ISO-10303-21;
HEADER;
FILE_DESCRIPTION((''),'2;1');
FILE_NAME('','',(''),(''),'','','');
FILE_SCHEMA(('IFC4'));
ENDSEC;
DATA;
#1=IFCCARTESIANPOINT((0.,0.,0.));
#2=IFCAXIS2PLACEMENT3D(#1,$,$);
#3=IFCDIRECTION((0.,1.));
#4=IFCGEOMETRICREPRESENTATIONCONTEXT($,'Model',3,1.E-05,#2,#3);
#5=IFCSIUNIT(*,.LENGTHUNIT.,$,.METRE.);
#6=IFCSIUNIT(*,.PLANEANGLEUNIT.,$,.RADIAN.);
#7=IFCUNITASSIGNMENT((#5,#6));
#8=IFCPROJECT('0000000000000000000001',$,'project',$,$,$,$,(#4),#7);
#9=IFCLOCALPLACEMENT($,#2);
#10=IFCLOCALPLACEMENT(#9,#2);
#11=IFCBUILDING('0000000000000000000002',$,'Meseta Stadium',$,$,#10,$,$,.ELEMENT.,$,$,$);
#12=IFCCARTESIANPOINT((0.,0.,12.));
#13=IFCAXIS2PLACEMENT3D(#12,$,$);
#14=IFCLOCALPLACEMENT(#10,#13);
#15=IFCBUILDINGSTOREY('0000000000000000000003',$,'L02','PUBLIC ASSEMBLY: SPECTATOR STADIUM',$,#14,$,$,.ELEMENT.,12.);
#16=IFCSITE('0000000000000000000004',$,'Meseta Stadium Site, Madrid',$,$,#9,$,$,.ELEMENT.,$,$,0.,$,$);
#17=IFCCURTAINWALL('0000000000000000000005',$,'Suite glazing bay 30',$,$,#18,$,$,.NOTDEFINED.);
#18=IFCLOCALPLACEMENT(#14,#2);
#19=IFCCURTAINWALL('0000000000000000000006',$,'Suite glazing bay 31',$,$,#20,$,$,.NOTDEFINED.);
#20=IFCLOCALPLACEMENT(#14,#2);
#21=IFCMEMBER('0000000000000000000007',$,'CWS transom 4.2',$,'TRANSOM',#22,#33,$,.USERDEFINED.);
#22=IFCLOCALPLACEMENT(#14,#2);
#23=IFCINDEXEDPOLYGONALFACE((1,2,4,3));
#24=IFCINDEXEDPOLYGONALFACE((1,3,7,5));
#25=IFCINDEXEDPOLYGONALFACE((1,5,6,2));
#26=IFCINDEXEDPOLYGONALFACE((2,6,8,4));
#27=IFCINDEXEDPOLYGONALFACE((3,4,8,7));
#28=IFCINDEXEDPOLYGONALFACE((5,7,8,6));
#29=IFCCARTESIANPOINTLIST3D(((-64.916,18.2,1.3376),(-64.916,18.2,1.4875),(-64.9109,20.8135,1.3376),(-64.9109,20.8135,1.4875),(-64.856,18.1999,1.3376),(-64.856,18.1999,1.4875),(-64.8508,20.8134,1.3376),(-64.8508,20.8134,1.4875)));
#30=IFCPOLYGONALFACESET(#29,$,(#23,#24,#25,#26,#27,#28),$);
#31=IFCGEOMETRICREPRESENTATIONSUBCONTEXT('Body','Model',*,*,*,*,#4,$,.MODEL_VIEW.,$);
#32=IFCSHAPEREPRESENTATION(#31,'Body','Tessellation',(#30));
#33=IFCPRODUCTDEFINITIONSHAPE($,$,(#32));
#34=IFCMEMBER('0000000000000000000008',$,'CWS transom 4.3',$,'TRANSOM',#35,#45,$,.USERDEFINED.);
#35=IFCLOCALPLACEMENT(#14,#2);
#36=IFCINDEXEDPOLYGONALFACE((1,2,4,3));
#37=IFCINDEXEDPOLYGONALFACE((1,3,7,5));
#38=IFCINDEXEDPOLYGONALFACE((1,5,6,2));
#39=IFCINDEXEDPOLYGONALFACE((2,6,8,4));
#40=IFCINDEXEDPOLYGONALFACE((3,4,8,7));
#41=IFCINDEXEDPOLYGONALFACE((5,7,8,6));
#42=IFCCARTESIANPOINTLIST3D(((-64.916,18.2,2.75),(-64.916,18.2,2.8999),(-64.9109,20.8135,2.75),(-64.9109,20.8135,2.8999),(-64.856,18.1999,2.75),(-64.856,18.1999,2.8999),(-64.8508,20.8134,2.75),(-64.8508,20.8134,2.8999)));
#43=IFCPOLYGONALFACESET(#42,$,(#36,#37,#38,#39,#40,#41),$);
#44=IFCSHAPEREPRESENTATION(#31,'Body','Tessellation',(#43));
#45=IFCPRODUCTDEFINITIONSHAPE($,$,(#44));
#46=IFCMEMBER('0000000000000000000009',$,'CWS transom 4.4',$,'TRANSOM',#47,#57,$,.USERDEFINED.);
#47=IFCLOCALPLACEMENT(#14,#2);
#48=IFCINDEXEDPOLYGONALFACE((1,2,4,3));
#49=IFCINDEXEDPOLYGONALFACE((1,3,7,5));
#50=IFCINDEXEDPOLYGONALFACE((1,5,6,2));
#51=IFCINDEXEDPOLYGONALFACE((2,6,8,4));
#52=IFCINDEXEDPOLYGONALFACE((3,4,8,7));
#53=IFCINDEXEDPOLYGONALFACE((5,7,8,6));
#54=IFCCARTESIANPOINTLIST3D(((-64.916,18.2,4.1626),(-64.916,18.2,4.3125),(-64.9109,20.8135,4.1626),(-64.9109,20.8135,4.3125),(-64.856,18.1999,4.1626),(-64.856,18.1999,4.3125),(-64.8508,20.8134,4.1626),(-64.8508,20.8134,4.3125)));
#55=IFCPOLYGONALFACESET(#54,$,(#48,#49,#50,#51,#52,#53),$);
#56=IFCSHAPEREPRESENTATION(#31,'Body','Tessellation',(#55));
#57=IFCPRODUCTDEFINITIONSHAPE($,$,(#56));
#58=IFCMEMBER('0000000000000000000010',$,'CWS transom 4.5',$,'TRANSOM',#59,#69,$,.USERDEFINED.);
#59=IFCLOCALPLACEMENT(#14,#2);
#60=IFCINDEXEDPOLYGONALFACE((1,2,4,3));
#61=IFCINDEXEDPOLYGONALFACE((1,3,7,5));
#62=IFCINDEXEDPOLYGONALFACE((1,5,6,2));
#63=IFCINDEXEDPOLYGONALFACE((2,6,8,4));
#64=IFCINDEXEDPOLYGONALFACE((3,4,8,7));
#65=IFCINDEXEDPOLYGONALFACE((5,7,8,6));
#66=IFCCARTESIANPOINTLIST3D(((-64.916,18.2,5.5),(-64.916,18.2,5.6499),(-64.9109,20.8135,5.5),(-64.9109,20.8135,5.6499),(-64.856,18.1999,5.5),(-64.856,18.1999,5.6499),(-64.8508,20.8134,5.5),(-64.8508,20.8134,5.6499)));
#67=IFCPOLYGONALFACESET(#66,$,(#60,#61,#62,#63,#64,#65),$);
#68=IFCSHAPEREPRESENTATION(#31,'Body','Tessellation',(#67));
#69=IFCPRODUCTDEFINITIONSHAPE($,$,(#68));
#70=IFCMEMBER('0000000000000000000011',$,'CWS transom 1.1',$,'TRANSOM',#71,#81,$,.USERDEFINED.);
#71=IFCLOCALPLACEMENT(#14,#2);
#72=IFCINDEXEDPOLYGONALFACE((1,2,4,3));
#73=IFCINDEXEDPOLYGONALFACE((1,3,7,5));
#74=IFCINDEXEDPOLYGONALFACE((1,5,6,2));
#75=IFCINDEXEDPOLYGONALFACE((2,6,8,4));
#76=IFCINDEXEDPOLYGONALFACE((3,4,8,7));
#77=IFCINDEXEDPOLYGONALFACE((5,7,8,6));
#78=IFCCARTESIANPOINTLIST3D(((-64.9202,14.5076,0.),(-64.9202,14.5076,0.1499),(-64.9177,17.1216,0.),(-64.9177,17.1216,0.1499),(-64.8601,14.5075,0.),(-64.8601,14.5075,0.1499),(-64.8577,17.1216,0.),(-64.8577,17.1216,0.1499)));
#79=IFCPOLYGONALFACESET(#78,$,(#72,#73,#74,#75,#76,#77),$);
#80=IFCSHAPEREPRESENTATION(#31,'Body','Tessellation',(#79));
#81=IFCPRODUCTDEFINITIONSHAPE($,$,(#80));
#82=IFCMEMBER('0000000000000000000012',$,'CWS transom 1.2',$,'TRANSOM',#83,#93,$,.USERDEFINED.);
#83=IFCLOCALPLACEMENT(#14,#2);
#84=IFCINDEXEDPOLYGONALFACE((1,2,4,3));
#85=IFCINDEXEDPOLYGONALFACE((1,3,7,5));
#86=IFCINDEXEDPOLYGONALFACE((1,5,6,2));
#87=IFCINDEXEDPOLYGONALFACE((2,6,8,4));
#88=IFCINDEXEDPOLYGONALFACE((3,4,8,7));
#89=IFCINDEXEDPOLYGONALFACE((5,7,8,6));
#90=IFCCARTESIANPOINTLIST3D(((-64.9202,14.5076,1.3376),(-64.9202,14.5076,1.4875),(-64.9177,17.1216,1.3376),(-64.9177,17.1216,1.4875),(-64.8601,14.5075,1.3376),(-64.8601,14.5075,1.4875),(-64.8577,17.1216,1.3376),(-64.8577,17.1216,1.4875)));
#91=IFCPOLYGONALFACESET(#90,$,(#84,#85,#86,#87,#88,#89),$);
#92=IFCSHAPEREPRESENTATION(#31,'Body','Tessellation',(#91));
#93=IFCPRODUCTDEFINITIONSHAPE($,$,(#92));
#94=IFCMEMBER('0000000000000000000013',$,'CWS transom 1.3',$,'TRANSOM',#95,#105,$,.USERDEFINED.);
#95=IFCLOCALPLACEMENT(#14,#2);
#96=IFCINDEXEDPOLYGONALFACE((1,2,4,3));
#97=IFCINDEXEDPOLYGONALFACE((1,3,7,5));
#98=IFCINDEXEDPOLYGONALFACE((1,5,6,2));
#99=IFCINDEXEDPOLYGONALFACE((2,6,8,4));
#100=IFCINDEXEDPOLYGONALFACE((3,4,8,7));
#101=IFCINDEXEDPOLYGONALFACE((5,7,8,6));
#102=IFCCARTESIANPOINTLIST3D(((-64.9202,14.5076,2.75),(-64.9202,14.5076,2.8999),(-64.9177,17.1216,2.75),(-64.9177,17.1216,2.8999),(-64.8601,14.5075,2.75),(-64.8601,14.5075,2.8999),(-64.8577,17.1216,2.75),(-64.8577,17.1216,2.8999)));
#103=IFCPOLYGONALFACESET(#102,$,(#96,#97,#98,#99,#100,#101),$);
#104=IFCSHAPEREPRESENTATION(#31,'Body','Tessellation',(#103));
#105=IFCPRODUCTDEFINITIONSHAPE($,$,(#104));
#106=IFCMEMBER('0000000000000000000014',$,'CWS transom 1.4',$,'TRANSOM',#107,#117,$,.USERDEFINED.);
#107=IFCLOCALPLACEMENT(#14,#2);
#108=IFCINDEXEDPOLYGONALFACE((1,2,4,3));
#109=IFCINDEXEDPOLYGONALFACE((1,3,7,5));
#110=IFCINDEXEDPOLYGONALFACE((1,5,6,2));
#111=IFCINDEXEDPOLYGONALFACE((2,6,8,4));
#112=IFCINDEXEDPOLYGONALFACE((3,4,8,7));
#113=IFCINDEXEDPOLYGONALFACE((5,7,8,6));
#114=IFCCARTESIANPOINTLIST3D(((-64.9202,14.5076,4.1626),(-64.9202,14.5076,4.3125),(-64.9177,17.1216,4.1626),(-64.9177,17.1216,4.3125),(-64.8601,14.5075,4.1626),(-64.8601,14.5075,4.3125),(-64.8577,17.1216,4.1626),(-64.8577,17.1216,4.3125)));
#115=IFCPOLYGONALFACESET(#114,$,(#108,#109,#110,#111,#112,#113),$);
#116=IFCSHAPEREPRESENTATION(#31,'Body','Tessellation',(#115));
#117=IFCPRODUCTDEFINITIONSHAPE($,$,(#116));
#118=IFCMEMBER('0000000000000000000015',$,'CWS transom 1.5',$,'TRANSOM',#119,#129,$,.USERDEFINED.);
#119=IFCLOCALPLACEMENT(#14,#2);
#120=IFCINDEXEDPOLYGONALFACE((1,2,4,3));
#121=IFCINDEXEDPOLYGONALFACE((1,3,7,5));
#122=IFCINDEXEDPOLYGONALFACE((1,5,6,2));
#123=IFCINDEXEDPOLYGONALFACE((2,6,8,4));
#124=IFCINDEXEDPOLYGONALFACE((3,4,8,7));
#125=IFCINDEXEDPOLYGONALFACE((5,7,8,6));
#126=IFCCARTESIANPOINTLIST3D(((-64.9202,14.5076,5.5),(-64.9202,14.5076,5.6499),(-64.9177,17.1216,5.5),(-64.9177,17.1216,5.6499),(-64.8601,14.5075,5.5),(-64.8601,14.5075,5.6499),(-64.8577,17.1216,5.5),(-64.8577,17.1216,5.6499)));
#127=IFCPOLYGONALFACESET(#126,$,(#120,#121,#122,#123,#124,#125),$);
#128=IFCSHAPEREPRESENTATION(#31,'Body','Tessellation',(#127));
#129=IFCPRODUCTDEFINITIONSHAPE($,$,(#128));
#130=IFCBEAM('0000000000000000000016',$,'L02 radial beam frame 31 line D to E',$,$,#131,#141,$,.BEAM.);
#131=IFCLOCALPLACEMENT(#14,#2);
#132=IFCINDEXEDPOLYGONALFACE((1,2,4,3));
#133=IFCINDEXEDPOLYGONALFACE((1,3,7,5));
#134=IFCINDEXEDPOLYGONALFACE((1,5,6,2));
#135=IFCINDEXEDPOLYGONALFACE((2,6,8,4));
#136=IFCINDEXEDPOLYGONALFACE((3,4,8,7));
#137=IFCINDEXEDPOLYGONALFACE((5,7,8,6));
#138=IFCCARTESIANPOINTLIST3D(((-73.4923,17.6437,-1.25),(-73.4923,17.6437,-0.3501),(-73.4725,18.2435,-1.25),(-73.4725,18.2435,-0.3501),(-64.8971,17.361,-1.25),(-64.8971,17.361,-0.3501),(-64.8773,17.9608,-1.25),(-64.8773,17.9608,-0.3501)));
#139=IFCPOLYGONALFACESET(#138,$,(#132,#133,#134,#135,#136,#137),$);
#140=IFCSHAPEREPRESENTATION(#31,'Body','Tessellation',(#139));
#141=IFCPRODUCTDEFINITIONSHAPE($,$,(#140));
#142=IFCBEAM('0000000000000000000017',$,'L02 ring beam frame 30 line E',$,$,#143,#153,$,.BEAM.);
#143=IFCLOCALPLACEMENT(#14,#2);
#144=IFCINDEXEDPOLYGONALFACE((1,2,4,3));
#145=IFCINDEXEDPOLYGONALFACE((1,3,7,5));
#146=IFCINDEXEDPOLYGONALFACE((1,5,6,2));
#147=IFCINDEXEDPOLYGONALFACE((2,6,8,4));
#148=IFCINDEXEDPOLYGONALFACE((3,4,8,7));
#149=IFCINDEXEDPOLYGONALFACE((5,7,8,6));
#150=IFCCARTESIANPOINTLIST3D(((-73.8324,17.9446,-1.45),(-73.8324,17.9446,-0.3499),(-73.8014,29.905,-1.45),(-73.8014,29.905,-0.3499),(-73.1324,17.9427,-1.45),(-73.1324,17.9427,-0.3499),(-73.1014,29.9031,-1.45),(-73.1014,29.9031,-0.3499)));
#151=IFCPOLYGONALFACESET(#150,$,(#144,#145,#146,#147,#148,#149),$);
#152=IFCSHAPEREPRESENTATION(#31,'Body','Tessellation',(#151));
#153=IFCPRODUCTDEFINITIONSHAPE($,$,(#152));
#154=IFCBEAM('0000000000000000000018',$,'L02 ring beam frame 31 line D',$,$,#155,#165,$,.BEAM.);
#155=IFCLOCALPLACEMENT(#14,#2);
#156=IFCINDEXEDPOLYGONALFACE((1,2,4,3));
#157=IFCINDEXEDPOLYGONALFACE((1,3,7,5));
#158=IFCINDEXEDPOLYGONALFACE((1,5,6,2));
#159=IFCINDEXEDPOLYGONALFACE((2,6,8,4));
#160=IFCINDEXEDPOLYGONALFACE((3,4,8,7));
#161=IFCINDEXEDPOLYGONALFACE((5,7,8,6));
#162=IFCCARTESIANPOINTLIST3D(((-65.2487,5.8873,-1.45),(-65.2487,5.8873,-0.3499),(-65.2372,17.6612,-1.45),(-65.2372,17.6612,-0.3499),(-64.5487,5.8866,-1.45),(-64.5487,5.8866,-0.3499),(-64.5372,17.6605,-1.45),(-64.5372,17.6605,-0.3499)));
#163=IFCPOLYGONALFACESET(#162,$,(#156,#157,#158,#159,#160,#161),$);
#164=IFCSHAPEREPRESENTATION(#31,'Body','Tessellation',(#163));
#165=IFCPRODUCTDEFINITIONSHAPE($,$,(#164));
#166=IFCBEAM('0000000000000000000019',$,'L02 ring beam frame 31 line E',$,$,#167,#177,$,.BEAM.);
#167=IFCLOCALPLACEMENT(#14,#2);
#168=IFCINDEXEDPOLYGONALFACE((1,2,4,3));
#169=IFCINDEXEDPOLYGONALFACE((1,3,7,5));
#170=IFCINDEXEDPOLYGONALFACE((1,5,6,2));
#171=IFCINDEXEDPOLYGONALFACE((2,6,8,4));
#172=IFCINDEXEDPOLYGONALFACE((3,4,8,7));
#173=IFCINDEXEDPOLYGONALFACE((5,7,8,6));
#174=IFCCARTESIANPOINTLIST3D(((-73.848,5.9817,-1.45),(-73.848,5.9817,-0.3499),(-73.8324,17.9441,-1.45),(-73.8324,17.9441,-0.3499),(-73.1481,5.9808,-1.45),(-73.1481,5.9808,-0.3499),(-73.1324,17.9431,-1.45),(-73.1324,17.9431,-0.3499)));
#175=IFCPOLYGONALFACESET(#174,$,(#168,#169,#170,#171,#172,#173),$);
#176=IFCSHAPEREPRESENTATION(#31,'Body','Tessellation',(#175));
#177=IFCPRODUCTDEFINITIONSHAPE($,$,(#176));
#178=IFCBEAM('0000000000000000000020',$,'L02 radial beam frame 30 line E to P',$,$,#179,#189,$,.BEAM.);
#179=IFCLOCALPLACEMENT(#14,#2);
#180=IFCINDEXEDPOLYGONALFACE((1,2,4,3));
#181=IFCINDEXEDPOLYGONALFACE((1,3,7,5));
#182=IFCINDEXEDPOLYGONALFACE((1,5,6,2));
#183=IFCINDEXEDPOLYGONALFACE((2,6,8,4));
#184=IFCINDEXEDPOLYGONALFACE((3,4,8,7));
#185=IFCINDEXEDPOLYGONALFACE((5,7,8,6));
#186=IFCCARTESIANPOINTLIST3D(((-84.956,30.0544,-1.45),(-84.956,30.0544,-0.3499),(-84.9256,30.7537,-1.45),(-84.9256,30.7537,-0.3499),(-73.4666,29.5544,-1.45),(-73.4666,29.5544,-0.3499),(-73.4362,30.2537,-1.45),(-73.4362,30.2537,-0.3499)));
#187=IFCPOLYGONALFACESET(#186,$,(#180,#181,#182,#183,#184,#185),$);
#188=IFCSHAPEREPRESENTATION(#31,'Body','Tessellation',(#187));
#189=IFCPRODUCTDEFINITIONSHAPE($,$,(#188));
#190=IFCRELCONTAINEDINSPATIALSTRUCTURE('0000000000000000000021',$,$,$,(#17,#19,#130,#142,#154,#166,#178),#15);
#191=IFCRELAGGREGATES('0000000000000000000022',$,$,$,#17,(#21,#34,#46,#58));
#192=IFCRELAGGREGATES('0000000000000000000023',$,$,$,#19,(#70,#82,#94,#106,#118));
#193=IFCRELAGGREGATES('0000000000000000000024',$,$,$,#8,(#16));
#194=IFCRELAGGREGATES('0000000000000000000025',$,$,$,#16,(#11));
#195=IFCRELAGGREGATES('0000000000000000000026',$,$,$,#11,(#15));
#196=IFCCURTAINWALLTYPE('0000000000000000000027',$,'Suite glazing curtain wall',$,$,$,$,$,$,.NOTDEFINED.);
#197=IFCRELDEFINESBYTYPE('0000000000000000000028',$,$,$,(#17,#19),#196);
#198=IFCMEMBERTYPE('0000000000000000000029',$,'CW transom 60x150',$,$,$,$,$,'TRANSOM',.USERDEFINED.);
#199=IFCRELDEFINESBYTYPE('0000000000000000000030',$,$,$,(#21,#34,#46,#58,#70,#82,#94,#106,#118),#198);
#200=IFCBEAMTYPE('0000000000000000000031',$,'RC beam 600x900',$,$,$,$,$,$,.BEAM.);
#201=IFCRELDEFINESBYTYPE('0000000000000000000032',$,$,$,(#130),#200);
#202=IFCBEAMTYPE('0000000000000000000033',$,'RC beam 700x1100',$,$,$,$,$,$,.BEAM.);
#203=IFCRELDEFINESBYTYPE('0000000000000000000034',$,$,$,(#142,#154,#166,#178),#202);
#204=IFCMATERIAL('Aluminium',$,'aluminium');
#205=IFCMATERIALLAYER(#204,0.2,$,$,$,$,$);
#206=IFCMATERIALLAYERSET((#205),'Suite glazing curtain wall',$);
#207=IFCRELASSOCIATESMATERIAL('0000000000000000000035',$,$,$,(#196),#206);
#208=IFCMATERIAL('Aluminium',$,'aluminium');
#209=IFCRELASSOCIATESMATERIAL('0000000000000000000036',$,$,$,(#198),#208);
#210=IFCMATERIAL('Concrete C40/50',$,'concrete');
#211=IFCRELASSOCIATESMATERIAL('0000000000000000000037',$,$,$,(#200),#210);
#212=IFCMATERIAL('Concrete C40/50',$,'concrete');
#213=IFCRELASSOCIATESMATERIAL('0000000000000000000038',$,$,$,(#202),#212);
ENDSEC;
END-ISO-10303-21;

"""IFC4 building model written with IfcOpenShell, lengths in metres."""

from ifc_helpers import new_model, si_unit, direction, frame, origin, origin_2d, place, context, subcontext, project, spatial, rectangle, extrude, material, layer, layer_set, material_profile, profile_set, type_object, element, aggregate, save


model = new_model("IFC4")

# Units and contexts
model_context = context("Model", 3, precision=1e-05, world=origin(), true_north=direction((0.0, 1.0)))
body_context = subcontext(model_context, "Body", "Model", "MODEL_VIEW")
ifc_project = project(units=[si_unit("LENGTHUNIT", "METRE"), si_unit("PLANEANGLEUNIT", "RADIAN")], contexts=[model_context])

# Site, building, storey
site_placement = place(None, origin())
site = spatial("IfcSite", under=ifc_project, at=site_placement, Name="Meseta Stadium Site, Madrid", CompositionType="ELEMENT", RefElevation=0.0)
building_placement = place(site_placement, origin())
building = spatial("IfcBuilding", under=site, at=building_placement, Name="Meseta Stadium", CompositionType="ELEMENT")
storey_placement = place(building_placement, frame((0.0, 0.0, 12.0)))
storey = spatial("IfcBuildingStorey", under=building, at=storey_placement, Name="L02", Description="PUBLIC ASSEMBLY: SPECTATOR STADIUM", CompositionType="ELEMENT", Elevation=12.0)

# Curtain wall
ifc_material_1 = material(Name="Aluminium", Category="aluminium")
ifc_layer_1 = layer(ifc_material_1, 0.2)
ifc_layer_set_1 = layer_set([ifc_layer_1], Name="Suite glazing curtain wall")
curtain_wall_type = type_object("IfcCurtainWallType", Name="Suite glazing curtain wall", PredefinedType="NOTDEFINED", material=ifc_layer_set_1)
curtain_wall_1_placement = place(storey_placement, origin())
curtain_wall_1 = element("IfcCurtainWall", 1, at=curtain_wall_1_placement, inside=storey, type_object=curtain_wall_type, Name="Suite glazing bay 30", PredefinedType="NOTDEFINED")

# Curtain wall
curtain_wall_2_placement = place(storey_placement, origin())
curtain_wall_2 = element("IfcCurtainWall", 2, at=curtain_wall_2_placement, inside=storey, type_object=curtain_wall_type, Name="Suite glazing bay 31", PredefinedType="NOTDEFINED")

# Members
ifc_material_2 = material(Name="Aluminium", Category="aluminium")
ifc_material_profile_1 = material_profile(ifc_material_2, rectangle(XDim=0.0601, YDim=0.1499, at=origin_2d()), Name="CW 60x150")
ifc_profile_set_1 = profile_set([ifc_material_profile_1], Name="Aluminium")
member_type_1 = type_object("IfcMemberType", Name="CW transom 60x150", ElementType="TRANSOM", PredefinedType="USERDEFINED", material=ifc_profile_set_1)
member_1_placement = place(storey_placement, frame((-64.8809, 20.8135, 1.4126), z_axis=(-0.001962, -0.999998, 0.0), x_axis=(0.999998, -0.001962, 0.0)))
member_1 = element("IfcMember", 3, at=member_1_placement, type_object=member_type_1, Name="CWS transom 4.2", ObjectType="TRANSOM", PredefinedType="USERDEFINED", context=body_context, shape_type="SweptSolid", body=[
    extrude(rectangle(XDim=0.0601, YDim=0.1499, at=origin_2d()), origin(), (0.0, 0.0, 1.0), 2.6135),
])
member_2_placement = place(storey_placement, frame((-64.8809, 20.8135, 2.825), z_axis=(-0.001962, -0.999998, 0.0), x_axis=(0.999998, -0.001962, 0.0)))
member_2 = element("IfcMember", 4, at=member_2_placement, type_object=member_type_1, Name="CWS transom 4.3", ObjectType="TRANSOM", PredefinedType="USERDEFINED", context=body_context, shape_type="SweptSolid", body=[
    extrude(rectangle(XDim=0.0601, YDim=0.1499, at=origin_2d()), origin(), (0.0, 0.0, 1.0), 2.6135),
])
member_3_placement = place(storey_placement, frame((-64.8809, 20.8135, 4.2375), z_axis=(-0.001962, -0.999998, 0.0), x_axis=(0.999998, -0.001962, 0.0)))
member_3 = element("IfcMember", 5, at=member_3_placement, type_object=member_type_1, Name="CWS transom 4.4", ObjectType="TRANSOM", PredefinedType="USERDEFINED", context=body_context, shape_type="SweptSolid", body=[
    extrude(rectangle(XDim=0.0601, YDim=0.1499, at=origin_2d()), origin(), (0.0, 0.0, 1.0), 2.6135),
])
member_4_placement = place(storey_placement, frame((-64.8809, 20.8135, 5.575), z_axis=(-0.001962, -0.999998, 0.0), x_axis=(0.999998, -0.001962, 0.0)))
member_4 = element("IfcMember", 6, at=member_4_placement, type_object=member_type_1, Name="CWS transom 4.5", ObjectType="TRANSOM", PredefinedType="USERDEFINED", context=body_context, shape_type="SweptSolid", body=[
    extrude(rectangle(XDim=0.0601, YDim=0.1499, at=origin_2d()), origin(), (0.0, 0.0, 1.0), 2.6135),
])
member_5_placement = place(storey_placement, frame((-64.8877, 17.1216, 0.075), z_axis=(-0.000934, -1.0, 0.0), x_axis=(1.0, -0.000934, 0.0)))
member_5 = element("IfcMember", 7, at=member_5_placement, type_object=member_type_1, Name="CWS transom 1.1", ObjectType="TRANSOM", PredefinedType="USERDEFINED", context=body_context, shape_type="SweptSolid", body=[
    extrude(rectangle(XDim=0.0601, YDim=0.1499, at=origin_2d()), origin(), (0.0, 0.0, 1.0), 2.614),
])
member_6_placement = place(storey_placement, frame((-64.8877, 17.1216, 1.4126), z_axis=(-0.000934, -1.0, 0.0), x_axis=(1.0, -0.000934, 0.0)))
member_6 = element("IfcMember", 8, at=member_6_placement, type_object=member_type_1, Name="CWS transom 1.2", ObjectType="TRANSOM", PredefinedType="USERDEFINED", context=body_context, shape_type="SweptSolid", body=[
    extrude(rectangle(XDim=0.0601, YDim=0.1499, at=origin_2d()), origin(), (0.0, 0.0, 1.0), 2.614),
])
member_7_placement = place(storey_placement, frame((-64.8877, 17.1216, 2.825), z_axis=(-0.000934, -1.0, 0.0), x_axis=(1.0, -0.000934, 0.0)))
member_7 = element("IfcMember", 9, at=member_7_placement, type_object=member_type_1, Name="CWS transom 1.3", ObjectType="TRANSOM", PredefinedType="USERDEFINED", context=body_context, shape_type="SweptSolid", body=[
    extrude(rectangle(XDim=0.0601, YDim=0.1499, at=origin_2d()), origin(), (0.0, 0.0, 1.0), 2.614),
])
member_8_placement = place(storey_placement, frame((-64.8877, 17.1216, 4.2375), z_axis=(-0.000934, -1.0, 0.0), x_axis=(1.0, -0.000934, 0.0)))
member_8 = element("IfcMember", 10, at=member_8_placement, type_object=member_type_1, Name="CWS transom 1.4", ObjectType="TRANSOM", PredefinedType="USERDEFINED", context=body_context, shape_type="SweptSolid", body=[
    extrude(rectangle(XDim=0.0601, YDim=0.1499, at=origin_2d()), origin(), (0.0, 0.0, 1.0), 2.614),
])
member_9_placement = place(storey_placement, frame((-64.8877, 17.1216, 5.575), z_axis=(-0.000934, -1.0, 0.0), x_axis=(1.0, -0.000934, 0.0)))
member_9 = element("IfcMember", 11, at=member_9_placement, type_object=member_type_1, Name="CWS transom 1.5", ObjectType="TRANSOM", PredefinedType="USERDEFINED", context=body_context, shape_type="SweptSolid", body=[
    extrude(rectangle(XDim=0.0601, YDim=0.1499, at=origin_2d()), origin(), (0.0, 0.0, 1.0), 2.614),
])

# Beams
ifc_material_3 = material(Name="Concrete C40/50", Category="concrete")
ifc_material_profile_2 = material_profile(ifc_material_3, rectangle(XDim=0.6001, YDim=0.8999, at=origin_2d()), Name="RC 600x900")
ifc_profile_set_2 = profile_set([ifc_material_profile_2], Name="Concrete C40/50")
beam_type_1 = type_object("IfcBeamType", Name="RC beam 600x900", PredefinedType="BEAM", material=ifc_profile_set_2)
beam_1_placement = place(storey_placement, frame((-64.8872, 17.6609, -0.8), z_axis=(-0.999459, 0.032874, 0.0), x_axis=(-0.032874, -0.999459, 0.0)))
element("IfcBeam", 12, at=beam_1_placement, inside=storey, type_object=beam_type_1, Name="L02 radial beam frame 31 line D to E", PredefinedType="BEAM", context=body_context, shape_type="SweptSolid", body=[
    extrude(rectangle(XDim=0.6001, YDim=0.8999, at=origin_2d()), origin(), (0.0, 0.0, 1.0), 8.5999),
])
ifc_material_4 = material(Name="Concrete C40/50", Category="concrete")
ifc_material_profile_3 = material_profile(ifc_material_4, rectangle(XDim=0.7, YDim=1.1001, at=origin_2d()), Name="RC 700x1100")
ifc_profile_set_3 = profile_set([ifc_material_profile_3], Name="Concrete C40/50")
beam_type_2 = type_object("IfcBeamType", Name="RC beam 700x1100", PredefinedType="BEAM", material=ifc_profile_set_3)
beam_2_placement = place(storey_placement, frame((-73.4514, 29.9041, -0.8999), z_axis=(-0.002592, -0.999997, 0.0), x_axis=(0.999997, -0.002592, 0.0)))
element("IfcBeam", 13, at=beam_2_placement, inside=storey, type_object=beam_type_2, Name="L02 ring beam frame 30 line E", PredefinedType="BEAM", context=body_context, shape_type="SweptSolid", body=[
    extrude(rectangle(XDim=0.7, YDim=1.1001, at=origin_2d()), origin(), (0.0, 0.0, 1.0), 11.9604),
])
beam_3_placement = place(storey_placement, frame((-64.8872, 17.6609, -0.8999), z_axis=(-0.000975, -1.0, 0.0), x_axis=(1.0, -0.000975, 0.0)))
element("IfcBeam", 14, at=beam_3_placement, inside=storey, type_object=beam_type_2, Name="L02 ring beam frame 31 line D", PredefinedType="BEAM", context=body_context, shape_type="SweptSolid", body=[
    extrude(rectangle(XDim=0.7, YDim=1.1001, at=origin_2d()), origin(), (0.0, 0.0, 1.0), 11.7739),
])
beam_4_placement = place(storey_placement, frame((-73.4824, 17.9436, -0.8999), z_axis=(-0.001306, -0.999999, 0.0), x_axis=(0.999999, -0.001306, 0.0)))
element("IfcBeam", 15, at=beam_4_placement, inside=storey, type_object=beam_type_2, Name="L02 ring beam frame 31 line E", PredefinedType="BEAM", context=body_context, shape_type="SweptSolid", body=[
    extrude(rectangle(XDim=0.7, YDim=1.1001, at=origin_2d()), origin(), (0.0, 0.0, 1.0), 11.9624),
])
for number, where, z_axis, x_axis, name in (
    (16, (-73.4514, 29.9041, -0.8999), (-0.999054, 0.043478, 0.0), (-0.043478, -0.999054, 0.0), "L02 radial beam frame 30 line E to P"),
):
    element("IfcBeam", number, at=place(storey_placement, frame(where, z_axis=z_axis, x_axis=x_axis)), inside=storey, type_object=beam_type_2, Name=name, PredefinedType="BEAM", context=body_context, shape_type="SweptSolid", body=[
        extrude(rectangle(XDim=0.7, YDim=1.1001, at=origin_2d()), origin(), (0.0, 0.0, 1.0), 11.5002),
    ])

aggregate(curtain_wall_1, [member_1, member_2, member_3, member_4])
aggregate(curtain_wall_2, [member_5, member_6, member_7, member_8, member_9])

save(model, "model.ifc")
